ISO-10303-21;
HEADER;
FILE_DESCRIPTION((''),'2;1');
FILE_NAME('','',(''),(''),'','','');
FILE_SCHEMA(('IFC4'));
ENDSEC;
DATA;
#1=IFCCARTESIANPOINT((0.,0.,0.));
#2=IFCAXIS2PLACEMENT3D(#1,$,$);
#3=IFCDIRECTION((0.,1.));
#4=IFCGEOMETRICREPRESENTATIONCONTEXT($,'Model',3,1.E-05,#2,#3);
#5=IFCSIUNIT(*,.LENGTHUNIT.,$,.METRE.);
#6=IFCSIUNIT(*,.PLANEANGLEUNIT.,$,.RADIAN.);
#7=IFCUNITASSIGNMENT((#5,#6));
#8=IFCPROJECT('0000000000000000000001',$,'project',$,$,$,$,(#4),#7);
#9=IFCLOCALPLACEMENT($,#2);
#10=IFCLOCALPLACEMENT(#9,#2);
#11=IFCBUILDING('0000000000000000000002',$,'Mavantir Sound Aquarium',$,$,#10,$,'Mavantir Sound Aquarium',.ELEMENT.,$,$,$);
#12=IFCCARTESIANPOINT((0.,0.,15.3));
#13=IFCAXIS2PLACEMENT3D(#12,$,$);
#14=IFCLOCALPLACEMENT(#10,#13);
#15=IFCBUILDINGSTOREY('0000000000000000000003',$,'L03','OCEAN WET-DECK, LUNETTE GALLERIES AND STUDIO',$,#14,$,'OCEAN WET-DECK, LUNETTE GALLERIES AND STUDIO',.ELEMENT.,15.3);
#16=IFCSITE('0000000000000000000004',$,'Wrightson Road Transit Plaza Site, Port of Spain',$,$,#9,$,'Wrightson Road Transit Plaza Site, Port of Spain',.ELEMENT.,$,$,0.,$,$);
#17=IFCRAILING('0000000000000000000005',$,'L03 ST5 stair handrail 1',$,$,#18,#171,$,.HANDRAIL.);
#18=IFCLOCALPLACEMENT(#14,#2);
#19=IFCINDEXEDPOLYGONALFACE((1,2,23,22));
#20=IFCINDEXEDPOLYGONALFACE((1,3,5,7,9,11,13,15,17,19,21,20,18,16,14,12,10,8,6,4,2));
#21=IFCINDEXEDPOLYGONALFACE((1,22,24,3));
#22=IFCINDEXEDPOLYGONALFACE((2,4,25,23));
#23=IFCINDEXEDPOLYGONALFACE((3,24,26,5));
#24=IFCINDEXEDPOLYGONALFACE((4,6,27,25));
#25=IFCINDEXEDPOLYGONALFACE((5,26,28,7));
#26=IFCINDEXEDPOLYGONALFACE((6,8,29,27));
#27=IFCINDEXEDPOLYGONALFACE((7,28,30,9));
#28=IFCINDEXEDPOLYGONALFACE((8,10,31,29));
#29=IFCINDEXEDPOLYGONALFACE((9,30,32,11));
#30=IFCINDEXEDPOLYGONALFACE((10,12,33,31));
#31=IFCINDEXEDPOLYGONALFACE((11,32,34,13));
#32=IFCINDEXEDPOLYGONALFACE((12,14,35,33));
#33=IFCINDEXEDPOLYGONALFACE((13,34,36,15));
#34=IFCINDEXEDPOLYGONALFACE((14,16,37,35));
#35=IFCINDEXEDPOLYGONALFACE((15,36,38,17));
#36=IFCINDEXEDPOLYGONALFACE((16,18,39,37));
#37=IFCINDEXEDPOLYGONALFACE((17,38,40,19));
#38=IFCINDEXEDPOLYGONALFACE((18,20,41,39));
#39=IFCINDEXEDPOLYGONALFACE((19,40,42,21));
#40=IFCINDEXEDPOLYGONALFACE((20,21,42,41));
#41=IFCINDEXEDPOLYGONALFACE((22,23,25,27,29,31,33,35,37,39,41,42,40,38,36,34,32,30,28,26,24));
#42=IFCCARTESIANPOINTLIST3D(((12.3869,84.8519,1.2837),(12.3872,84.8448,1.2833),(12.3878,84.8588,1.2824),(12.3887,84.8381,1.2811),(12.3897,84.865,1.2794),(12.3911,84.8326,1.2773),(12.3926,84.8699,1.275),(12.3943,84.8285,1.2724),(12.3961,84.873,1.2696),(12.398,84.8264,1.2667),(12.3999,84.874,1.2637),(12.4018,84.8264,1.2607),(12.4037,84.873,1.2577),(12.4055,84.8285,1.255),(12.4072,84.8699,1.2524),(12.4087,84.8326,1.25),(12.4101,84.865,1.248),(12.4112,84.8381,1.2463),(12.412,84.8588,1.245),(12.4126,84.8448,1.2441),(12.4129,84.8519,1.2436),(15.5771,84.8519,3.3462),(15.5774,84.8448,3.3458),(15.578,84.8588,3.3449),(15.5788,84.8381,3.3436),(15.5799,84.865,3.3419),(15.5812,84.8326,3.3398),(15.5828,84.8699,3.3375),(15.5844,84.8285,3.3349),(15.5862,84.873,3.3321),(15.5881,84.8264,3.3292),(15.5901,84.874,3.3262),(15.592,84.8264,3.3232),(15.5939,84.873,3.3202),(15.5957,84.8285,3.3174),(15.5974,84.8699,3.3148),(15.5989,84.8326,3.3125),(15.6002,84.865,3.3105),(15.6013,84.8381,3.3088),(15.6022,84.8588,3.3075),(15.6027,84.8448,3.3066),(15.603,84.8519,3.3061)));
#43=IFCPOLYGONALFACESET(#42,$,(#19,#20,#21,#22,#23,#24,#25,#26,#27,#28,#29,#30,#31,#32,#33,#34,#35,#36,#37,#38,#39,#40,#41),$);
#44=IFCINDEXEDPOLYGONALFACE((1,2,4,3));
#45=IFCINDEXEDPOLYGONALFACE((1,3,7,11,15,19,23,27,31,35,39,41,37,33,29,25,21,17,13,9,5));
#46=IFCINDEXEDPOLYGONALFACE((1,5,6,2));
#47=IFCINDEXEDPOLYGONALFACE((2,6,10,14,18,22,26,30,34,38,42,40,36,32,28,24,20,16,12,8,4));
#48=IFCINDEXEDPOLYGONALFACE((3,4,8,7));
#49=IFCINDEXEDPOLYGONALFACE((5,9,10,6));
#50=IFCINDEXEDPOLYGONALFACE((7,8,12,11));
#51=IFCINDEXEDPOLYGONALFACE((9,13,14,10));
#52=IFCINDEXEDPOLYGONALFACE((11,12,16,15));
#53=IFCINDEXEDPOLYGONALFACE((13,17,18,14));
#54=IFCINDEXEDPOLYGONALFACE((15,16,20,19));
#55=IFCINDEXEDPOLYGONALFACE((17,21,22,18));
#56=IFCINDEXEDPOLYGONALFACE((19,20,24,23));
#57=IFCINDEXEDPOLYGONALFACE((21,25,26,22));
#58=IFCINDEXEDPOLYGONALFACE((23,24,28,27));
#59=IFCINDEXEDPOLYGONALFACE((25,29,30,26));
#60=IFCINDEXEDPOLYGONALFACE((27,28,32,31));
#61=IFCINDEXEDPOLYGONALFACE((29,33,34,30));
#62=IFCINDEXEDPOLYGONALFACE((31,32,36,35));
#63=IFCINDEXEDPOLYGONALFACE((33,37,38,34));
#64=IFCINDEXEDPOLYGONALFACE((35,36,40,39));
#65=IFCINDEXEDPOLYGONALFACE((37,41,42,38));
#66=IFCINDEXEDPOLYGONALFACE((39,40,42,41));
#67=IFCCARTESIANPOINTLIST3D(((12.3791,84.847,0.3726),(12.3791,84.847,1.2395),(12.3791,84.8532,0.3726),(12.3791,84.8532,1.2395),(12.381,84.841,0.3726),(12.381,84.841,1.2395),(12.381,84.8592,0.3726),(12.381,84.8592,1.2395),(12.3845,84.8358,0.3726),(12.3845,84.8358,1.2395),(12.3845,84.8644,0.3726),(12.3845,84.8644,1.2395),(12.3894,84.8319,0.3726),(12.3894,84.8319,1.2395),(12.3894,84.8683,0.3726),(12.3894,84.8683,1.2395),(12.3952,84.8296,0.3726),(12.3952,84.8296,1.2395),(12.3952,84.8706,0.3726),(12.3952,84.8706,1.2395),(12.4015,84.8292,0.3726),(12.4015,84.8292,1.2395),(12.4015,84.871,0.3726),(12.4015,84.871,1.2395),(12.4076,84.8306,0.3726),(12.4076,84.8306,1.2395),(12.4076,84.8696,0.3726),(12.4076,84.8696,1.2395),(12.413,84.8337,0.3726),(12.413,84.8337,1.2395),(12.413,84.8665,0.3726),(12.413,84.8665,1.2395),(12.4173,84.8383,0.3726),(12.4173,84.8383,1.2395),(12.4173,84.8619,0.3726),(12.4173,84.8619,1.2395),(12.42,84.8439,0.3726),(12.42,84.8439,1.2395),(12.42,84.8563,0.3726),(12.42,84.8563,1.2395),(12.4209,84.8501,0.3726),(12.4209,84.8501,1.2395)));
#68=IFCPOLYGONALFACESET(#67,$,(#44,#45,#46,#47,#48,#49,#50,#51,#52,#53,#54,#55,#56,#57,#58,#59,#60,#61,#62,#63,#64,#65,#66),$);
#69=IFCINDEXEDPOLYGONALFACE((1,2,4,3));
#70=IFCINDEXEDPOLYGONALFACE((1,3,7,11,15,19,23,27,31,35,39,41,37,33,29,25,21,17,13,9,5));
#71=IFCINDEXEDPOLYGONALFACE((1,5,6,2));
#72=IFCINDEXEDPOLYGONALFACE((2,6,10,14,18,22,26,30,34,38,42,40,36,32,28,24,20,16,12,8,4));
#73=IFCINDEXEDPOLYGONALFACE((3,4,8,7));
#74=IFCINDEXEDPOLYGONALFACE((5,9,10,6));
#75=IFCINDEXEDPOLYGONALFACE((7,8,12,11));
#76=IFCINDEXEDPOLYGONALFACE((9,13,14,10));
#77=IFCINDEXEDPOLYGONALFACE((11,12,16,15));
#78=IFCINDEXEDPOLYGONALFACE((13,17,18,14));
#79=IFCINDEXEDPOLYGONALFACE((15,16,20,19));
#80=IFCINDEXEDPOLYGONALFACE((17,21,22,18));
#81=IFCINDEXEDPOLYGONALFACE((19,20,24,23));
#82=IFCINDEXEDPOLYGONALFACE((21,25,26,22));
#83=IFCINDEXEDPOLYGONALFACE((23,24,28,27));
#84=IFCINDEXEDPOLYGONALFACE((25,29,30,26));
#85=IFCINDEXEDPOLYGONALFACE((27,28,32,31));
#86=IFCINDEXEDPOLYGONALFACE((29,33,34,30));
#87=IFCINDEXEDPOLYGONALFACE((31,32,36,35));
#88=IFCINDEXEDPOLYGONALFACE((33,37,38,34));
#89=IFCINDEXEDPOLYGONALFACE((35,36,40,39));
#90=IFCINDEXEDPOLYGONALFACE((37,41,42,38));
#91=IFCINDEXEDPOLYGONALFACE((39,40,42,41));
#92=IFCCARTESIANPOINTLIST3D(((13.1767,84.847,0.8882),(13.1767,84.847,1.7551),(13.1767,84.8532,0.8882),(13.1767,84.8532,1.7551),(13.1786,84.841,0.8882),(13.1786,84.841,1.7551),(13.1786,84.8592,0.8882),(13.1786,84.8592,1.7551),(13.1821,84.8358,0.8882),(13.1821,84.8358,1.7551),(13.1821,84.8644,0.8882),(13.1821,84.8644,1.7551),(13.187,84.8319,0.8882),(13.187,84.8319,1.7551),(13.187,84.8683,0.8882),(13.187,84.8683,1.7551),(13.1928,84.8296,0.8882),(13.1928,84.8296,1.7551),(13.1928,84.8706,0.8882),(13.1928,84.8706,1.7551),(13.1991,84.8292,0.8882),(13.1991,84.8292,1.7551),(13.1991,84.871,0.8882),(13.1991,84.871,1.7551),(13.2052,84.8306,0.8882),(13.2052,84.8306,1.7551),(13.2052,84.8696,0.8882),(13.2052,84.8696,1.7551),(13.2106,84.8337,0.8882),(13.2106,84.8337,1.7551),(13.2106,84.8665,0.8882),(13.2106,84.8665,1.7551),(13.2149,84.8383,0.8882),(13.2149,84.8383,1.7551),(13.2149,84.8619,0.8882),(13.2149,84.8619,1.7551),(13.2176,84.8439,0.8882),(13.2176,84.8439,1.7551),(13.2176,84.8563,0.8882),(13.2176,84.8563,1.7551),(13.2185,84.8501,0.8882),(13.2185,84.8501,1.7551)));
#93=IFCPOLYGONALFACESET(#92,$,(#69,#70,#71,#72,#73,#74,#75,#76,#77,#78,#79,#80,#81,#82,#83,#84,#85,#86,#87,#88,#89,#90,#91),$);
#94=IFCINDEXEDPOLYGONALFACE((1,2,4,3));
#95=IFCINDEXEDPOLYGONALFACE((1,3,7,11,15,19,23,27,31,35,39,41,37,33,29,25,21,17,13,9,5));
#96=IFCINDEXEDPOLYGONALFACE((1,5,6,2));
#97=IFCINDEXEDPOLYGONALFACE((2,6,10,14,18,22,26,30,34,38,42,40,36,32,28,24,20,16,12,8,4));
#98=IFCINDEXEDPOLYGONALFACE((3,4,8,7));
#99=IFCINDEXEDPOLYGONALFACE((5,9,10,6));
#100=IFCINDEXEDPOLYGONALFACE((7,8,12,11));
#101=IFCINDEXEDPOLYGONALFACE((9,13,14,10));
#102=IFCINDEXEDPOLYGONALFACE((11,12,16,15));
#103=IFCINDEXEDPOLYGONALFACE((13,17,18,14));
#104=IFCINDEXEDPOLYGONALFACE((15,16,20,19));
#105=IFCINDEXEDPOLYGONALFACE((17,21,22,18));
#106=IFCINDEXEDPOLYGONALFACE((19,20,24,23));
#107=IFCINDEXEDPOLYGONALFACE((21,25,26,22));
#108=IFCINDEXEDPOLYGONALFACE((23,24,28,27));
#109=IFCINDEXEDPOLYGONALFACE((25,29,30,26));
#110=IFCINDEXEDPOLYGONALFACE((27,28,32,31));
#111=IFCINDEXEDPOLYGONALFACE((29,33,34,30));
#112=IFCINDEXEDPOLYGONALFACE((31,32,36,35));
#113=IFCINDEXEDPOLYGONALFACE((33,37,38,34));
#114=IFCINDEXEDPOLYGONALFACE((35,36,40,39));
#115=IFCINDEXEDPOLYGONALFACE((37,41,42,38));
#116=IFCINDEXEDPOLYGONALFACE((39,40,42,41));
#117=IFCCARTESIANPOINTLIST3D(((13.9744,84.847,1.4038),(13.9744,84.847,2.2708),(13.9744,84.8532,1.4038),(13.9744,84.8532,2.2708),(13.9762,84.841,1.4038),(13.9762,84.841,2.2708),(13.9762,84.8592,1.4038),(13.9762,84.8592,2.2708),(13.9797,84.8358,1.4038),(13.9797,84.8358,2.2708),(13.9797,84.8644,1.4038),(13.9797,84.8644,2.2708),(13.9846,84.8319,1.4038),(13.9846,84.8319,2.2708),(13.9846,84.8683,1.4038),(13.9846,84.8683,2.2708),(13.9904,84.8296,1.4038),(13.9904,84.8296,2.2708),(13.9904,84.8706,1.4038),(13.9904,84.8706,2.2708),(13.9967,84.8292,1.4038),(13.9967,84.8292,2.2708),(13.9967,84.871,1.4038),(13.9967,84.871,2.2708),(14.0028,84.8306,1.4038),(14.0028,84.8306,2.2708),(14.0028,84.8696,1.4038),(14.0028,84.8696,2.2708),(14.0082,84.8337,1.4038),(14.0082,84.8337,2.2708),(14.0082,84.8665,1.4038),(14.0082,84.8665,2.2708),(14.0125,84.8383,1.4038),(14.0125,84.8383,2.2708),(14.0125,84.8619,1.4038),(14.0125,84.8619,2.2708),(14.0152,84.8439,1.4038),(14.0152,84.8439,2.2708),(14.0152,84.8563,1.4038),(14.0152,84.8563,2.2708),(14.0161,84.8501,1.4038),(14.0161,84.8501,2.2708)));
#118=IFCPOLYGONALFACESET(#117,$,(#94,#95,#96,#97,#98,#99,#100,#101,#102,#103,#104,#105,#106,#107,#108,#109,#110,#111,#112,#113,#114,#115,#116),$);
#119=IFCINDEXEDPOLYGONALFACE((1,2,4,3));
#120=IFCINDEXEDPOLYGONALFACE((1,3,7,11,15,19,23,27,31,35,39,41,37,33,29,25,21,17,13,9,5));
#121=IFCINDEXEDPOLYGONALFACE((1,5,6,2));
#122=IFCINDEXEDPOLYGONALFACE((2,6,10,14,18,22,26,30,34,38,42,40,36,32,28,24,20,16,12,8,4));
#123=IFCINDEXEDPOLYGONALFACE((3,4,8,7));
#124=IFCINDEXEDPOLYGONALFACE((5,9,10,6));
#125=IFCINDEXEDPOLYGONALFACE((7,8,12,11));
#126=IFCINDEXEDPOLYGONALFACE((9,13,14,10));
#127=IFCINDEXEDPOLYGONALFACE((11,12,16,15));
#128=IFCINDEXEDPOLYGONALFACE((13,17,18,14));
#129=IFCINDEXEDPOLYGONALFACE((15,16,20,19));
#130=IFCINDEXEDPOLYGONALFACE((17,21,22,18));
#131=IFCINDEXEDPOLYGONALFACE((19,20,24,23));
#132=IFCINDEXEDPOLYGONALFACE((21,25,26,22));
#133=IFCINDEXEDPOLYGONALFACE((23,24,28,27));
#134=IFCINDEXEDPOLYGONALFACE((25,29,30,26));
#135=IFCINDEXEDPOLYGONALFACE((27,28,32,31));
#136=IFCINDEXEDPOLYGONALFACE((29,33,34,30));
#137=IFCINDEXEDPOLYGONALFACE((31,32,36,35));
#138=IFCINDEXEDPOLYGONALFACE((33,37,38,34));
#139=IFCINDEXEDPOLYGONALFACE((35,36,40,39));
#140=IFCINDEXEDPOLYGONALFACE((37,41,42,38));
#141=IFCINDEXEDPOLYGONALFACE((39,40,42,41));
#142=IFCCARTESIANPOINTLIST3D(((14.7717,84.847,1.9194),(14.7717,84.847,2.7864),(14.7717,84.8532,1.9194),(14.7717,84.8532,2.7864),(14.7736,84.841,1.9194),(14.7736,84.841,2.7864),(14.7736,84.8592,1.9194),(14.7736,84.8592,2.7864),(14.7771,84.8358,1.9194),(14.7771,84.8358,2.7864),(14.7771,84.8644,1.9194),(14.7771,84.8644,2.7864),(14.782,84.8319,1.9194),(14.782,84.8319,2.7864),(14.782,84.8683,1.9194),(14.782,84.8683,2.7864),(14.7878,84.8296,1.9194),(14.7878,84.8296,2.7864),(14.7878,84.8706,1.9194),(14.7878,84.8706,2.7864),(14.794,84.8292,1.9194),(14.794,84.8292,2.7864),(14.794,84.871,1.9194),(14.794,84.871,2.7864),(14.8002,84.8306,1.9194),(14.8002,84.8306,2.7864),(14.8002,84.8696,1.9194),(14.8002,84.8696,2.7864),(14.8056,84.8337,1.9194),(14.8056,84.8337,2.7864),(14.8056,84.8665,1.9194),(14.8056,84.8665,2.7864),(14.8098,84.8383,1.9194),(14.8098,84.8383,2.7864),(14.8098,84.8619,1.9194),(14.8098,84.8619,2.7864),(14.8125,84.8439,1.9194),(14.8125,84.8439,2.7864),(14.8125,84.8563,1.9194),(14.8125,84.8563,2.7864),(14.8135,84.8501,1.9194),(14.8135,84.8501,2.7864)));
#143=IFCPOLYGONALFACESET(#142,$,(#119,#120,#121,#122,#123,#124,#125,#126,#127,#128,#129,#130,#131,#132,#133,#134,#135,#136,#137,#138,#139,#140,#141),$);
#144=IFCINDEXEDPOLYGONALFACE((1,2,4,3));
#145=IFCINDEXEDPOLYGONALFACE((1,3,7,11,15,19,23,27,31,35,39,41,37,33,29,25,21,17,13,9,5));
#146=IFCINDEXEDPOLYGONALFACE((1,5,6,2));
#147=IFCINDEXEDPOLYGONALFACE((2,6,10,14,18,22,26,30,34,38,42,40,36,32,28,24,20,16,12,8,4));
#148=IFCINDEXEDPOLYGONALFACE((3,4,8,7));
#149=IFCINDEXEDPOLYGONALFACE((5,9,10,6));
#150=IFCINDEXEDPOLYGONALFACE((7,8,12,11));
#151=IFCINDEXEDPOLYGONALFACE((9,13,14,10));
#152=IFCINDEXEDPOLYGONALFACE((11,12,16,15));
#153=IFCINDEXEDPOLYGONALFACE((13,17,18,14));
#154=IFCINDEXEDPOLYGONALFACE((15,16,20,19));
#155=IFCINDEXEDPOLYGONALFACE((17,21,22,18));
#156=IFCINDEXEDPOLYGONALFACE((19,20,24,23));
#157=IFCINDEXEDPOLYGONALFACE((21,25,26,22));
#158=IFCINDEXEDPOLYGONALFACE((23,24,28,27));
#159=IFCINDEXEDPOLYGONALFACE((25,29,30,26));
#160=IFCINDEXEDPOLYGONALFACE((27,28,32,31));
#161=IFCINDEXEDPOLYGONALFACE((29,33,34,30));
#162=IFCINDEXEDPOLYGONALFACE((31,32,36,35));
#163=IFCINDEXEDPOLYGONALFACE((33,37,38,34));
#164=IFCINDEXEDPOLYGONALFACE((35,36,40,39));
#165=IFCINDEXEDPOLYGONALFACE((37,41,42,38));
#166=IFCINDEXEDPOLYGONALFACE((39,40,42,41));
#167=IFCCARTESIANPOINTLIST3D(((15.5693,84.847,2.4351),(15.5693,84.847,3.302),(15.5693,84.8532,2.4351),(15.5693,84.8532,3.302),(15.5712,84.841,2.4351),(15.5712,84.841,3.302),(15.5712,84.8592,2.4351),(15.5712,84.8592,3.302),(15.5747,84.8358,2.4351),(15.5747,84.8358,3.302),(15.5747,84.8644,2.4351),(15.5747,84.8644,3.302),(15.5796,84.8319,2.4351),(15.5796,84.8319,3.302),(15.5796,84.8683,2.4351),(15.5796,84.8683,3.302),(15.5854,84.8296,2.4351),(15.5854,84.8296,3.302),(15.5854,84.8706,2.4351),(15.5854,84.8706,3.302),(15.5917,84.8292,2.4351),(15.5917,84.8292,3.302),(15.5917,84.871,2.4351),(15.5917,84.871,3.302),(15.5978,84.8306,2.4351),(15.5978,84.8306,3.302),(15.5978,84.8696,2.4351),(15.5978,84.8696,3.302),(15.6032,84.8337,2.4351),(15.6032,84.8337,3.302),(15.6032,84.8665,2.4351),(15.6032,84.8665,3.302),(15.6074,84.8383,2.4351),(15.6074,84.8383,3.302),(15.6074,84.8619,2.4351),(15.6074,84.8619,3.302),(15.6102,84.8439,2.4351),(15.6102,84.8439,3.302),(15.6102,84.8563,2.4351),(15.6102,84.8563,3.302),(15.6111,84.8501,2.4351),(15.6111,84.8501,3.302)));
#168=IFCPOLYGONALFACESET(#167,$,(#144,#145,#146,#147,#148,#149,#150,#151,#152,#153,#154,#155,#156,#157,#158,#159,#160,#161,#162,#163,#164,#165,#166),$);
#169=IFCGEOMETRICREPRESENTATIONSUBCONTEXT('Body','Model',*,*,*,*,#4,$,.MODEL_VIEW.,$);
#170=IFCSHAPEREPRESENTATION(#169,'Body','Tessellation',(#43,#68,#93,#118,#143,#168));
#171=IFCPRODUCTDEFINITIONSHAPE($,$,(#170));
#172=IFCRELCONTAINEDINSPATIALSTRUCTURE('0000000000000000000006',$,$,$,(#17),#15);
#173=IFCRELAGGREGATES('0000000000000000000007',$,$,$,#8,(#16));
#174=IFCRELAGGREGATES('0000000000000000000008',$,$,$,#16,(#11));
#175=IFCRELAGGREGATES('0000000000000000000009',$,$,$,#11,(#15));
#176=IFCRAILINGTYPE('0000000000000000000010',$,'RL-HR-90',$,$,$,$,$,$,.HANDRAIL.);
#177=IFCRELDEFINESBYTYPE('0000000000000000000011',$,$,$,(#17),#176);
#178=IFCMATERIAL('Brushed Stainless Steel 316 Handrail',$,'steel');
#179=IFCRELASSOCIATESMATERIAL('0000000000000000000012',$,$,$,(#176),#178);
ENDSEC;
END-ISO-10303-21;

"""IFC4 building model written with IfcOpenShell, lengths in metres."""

from ifc_helpers import new_model, si_unit, direction, frame, origin, origin_2d, place, context, subcontext, project, spatial, circle, extrude, material, type_object, element, save


model = new_model("IFC4")

# Units and contexts
model_context = context("Model", 3, precision=1e-05, world=origin(), true_north=direction((0.0, 1.0)))
body_context = subcontext(model_context, "Body", "Model", "MODEL_VIEW")
ifc_project = project(units=[si_unit("LENGTHUNIT", "METRE"), si_unit("PLANEANGLEUNIT", "RADIAN")], contexts=[model_context])

# Site, building, storey
site_placement = place(None, origin())
site = spatial("IfcSite", under=ifc_project, at=site_placement, Name="Wrightson Road Transit Plaza Site, Port of Spain", LongName="Wrightson Road Transit Plaza Site, Port of Spain", CompositionType="ELEMENT", RefElevation=0.0)
building_placement = place(site_placement, origin())
building = spatial("IfcBuilding", under=site, at=building_placement, Name="Mavantir Sound Aquarium", LongName="Mavantir Sound Aquarium", CompositionType="ELEMENT")
storey_placement = place(building_placement, frame((0.0, 0.0, 15.3)))
storey = spatial("IfcBuildingStorey", under=building, at=storey_placement, Name="L03", Description="OCEAN WET-DECK, LUNETTE GALLERIES AND STUDIO", LongName="OCEAN WET-DECK, LUNETTE GALLERIES AND STUDIO", CompositionType="ELEMENT", Elevation=15.3)

# Railing
ifc_material_1 = material(Name="Brushed Stainless Steel 316 Handrail", Category="steel")
railing_type_1 = type_object("IfcRailingType", Name="RL-HR-90", PredefinedType="HANDRAIL", material=ifc_material_1)
railing_1_placement = place(storey_placement, frame((12.3999, 84.8501, 0.3726)))
element("IfcRailing", 1, at=railing_1_placement, inside=storey, type_object=railing_type_1, Name="L03 ST5 stair handrail 1", PredefinedType="HANDRAIL", context=body_context, shape_type="SweptSolid", body=[
    extrude(circle(Radius=0.0239, at=origin_2d()), frame((0.0, 0.0, 0.8911), z_axis=(0.839779, 0.0, 0.542929), x_axis=(0.0, 1.0, 0.0)), (0.0, 0.0, 1.0), 3.7988),
    extrude(circle(Radius=0.021, at=origin_2d()), origin(), (0.0, 0.0, 1.0), 0.8669),
    extrude(circle(Radius=0.021, at=origin_2d()), frame((0.7976, 0.0, 0.5156)), (0.0, 0.0, 1.0), 0.8669),
    extrude(circle(Radius=0.021, at=origin_2d()), frame((1.5952, 0.0, 1.0312)), (0.0, 0.0, 1.0), 0.8669),
    extrude(circle(Radius=0.021, at=origin_2d()), frame((2.3926, 0.0, 1.5469)), (0.0, 0.0, 1.0), 0.8669),
    extrude(circle(Radius=0.021, at=origin_2d()), frame((3.1902, 0.0, 2.0625)), (0.0, 0.0, 1.0), 0.8669),
])

save(model, "model.ifc")
